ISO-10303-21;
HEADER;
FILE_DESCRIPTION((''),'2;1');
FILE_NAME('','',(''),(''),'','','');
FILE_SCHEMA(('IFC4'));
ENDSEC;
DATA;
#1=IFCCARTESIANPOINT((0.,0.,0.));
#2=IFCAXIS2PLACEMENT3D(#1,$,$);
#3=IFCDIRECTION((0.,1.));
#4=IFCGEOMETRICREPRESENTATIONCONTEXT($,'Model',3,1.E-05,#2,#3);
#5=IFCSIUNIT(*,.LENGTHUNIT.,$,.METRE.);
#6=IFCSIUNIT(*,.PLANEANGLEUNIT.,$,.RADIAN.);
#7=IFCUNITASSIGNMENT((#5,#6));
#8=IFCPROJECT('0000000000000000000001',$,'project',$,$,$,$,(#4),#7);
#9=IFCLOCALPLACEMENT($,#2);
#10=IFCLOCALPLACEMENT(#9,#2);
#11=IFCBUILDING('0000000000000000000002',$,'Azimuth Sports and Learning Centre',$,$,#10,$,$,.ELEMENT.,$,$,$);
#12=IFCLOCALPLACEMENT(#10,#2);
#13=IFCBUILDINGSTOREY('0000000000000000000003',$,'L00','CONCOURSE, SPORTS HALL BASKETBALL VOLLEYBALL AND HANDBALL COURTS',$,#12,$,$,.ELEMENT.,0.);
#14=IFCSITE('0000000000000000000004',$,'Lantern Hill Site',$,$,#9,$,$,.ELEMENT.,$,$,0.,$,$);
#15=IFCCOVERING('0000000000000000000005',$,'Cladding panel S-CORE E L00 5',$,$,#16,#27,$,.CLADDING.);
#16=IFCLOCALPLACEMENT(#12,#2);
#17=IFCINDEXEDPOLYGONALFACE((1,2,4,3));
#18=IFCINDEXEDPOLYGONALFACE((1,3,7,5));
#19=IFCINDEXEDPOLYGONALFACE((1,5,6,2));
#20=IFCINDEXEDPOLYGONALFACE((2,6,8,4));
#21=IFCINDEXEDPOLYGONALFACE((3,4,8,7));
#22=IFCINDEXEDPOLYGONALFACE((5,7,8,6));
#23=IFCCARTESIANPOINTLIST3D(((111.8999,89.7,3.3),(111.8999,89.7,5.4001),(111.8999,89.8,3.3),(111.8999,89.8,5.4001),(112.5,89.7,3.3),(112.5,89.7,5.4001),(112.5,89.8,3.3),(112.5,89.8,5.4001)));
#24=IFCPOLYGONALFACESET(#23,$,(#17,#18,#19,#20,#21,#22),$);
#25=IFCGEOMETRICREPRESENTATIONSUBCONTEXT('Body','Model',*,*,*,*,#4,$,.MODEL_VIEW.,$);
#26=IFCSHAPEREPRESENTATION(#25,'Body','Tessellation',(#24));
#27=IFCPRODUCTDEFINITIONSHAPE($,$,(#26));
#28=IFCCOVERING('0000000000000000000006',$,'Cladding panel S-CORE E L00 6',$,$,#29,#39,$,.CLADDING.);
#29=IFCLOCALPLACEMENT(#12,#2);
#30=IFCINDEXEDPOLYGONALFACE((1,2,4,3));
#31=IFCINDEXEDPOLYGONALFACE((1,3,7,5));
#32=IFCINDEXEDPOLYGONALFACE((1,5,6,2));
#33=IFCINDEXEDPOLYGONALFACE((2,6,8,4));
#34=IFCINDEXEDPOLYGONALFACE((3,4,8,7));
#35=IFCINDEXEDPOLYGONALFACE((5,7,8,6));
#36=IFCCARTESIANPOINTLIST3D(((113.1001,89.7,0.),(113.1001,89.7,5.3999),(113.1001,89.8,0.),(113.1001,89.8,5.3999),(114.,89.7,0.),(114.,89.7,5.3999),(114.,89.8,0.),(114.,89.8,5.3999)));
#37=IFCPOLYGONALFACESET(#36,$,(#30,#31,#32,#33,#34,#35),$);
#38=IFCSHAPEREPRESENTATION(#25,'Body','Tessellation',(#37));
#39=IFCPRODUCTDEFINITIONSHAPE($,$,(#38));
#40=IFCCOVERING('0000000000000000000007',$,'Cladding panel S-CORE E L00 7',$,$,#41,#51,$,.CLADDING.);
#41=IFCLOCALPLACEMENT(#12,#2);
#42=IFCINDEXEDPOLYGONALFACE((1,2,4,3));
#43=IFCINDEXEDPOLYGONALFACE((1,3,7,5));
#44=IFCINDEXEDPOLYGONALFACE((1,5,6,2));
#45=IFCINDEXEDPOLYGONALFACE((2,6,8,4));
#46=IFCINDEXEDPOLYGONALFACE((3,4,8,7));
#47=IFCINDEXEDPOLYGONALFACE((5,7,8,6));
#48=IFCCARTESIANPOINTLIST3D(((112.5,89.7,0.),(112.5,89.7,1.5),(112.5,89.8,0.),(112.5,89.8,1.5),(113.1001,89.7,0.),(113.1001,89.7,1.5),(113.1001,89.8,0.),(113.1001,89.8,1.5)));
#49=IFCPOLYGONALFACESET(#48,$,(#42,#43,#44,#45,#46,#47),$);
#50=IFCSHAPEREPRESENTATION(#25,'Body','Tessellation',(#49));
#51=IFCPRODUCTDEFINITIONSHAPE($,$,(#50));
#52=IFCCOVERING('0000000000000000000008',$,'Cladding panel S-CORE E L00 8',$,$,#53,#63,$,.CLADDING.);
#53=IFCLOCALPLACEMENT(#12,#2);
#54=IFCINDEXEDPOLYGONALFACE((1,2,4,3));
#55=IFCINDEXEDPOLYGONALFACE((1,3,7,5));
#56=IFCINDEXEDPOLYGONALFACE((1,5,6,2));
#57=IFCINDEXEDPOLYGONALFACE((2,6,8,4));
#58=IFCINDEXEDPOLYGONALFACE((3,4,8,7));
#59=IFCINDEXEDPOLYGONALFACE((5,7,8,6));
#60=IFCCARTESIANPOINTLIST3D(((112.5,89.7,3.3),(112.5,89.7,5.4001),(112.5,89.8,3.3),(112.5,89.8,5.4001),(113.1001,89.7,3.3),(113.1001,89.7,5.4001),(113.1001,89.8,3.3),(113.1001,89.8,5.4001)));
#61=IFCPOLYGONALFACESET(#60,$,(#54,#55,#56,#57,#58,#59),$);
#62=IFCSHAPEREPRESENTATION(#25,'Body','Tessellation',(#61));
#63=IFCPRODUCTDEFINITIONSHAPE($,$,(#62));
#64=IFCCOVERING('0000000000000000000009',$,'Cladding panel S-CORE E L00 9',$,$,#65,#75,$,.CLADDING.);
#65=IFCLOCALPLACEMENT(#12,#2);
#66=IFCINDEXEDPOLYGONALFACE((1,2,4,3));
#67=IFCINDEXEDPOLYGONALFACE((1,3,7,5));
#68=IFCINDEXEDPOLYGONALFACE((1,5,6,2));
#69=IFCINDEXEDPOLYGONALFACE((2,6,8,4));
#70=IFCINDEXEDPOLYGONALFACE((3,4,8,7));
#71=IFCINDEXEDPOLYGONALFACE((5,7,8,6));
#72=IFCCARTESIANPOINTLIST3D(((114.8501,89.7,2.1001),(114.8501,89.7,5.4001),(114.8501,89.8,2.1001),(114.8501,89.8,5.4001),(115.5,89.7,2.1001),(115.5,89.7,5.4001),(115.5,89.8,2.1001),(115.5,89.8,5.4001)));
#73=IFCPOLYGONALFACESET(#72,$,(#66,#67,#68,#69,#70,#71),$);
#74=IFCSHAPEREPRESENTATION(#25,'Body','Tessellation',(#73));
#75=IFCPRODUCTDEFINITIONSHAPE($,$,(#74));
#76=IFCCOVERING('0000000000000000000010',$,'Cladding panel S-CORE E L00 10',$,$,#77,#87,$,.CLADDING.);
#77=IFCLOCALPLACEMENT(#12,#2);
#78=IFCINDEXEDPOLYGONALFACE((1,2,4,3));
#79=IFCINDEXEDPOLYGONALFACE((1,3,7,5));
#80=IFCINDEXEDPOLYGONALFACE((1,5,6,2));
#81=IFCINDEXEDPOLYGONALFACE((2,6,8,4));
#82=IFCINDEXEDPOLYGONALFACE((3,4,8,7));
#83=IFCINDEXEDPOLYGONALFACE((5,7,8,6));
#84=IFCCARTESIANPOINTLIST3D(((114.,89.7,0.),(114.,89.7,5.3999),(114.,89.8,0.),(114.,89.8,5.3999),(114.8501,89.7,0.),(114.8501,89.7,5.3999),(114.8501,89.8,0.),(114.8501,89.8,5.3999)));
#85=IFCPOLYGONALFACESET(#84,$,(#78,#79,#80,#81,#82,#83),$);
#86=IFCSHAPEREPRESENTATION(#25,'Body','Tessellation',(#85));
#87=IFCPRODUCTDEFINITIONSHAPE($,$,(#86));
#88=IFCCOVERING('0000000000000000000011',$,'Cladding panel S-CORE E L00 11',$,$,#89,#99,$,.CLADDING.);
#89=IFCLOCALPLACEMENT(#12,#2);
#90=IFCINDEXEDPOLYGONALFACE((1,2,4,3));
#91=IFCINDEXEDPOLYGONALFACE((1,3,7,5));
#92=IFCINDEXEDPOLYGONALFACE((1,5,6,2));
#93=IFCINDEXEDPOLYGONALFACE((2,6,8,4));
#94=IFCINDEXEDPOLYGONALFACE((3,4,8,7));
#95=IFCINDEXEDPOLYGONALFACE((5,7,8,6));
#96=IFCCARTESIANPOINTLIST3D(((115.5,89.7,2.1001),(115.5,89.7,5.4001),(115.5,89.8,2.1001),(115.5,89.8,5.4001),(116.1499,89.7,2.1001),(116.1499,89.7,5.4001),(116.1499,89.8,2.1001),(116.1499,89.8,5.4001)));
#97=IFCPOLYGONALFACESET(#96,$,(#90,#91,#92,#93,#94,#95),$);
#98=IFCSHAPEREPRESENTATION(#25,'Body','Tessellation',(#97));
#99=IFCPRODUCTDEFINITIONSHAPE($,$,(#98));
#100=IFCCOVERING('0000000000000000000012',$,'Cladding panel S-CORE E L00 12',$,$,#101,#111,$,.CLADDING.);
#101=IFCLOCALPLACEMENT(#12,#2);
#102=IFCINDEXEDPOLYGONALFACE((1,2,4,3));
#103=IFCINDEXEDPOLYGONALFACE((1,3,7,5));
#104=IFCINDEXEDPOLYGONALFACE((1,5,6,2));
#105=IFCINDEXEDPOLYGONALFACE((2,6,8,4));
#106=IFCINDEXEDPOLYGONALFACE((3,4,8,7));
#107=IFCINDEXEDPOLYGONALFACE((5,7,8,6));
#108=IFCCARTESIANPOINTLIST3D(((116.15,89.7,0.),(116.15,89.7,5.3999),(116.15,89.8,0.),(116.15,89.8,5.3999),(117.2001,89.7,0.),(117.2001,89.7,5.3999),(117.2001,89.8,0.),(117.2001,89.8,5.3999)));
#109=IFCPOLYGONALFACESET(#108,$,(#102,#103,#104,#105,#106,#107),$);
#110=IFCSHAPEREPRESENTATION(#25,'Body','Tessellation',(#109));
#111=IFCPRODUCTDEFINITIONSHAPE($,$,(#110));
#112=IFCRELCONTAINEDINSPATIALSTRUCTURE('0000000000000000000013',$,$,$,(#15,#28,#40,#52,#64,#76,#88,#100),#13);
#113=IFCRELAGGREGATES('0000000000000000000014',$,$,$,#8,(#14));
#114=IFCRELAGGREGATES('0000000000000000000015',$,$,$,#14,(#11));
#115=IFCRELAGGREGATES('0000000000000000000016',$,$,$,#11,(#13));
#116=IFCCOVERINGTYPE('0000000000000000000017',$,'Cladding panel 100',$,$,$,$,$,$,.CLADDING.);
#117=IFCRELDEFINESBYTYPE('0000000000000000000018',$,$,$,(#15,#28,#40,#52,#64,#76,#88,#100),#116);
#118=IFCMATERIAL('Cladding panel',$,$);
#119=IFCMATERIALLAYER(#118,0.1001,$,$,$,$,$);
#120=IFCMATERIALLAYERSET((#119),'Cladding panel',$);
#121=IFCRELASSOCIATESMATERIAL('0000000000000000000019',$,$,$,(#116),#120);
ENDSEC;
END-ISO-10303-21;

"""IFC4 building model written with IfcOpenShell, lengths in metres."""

from ifc_helpers import new_model, si_unit, direction, frame, origin, origin_2d, place, context, subcontext, project, spatial, rectangle, extrude, material, layer, layer_set, type_object, element, save


model = new_model("IFC4")

# Units and contexts
model_context = context("Model", 3, precision=1e-05, world=origin(), true_north=direction((0.0, 1.0)))
body_context = subcontext(model_context, "Body", "Model", "MODEL_VIEW")
ifc_project = project(units=[si_unit("LENGTHUNIT", "METRE"), si_unit("PLANEANGLEUNIT", "RADIAN")], contexts=[model_context])

# Site, building, storey
site_placement = place(None, origin())
site = spatial("IfcSite", under=ifc_project, at=site_placement, Name="Lantern Hill Site", CompositionType="ELEMENT", RefElevation=0.0)
building_placement = place(site_placement, origin())
building = spatial("IfcBuilding", under=site, at=building_placement, Name="Azimuth Sports and Learning Centre", CompositionType="ELEMENT")
storey_placement = place(building_placement, origin())
storey = spatial("IfcBuildingStorey", under=building, at=storey_placement, Name="L00", Description="CONCOURSE, SPORTS HALL BASKETBALL VOLLEYBALL AND HANDBALL COURTS", CompositionType="ELEMENT", Elevation=0.0)

# Coverings
ifc_material_1 = material(Name="Cladding panel")
ifc_layer_1 = layer(ifc_material_1, 0.1001)
ifc_layer_set_1 = layer_set([ifc_layer_1], Name="Cladding panel")
covering_type = type_object("IfcCoveringType", Name="Cladding panel 100", PredefinedType="CLADDING", material=ifc_layer_set_1)
covering_1_placement = place(storey_placement, frame((112.2, 89.75, 3.3), z_axis=(0.0, 0.0, 1.0), x_axis=(1.0, 0.0, 0.0)))
element("IfcCovering", 1, at=covering_1_placement, inside=storey, type_object=covering_type, Name="Cladding panel S-CORE E L00 5", PredefinedType="CLADDING", context=body_context, shape_type="SweptSolid", body=[
    extrude(rectangle(XDim=0.6001, YDim=0.1001, at=origin_2d()), origin(), (0.0, 0.0, 1.0), 2.1001),
])
covering_2_placement = place(storey_placement, frame((113.55, 89.75, 0.0), z_axis=(0.0, 0.0, 1.0), x_axis=(1.0, 0.0, 0.0)))
element("IfcCovering", 2, at=covering_2_placement, inside=storey, type_object=covering_type, Name="Cladding panel S-CORE E L00 6", PredefinedType="CLADDING", context=body_context, shape_type="SweptSolid", body=[
    extrude(rectangle(XDim=0.8999, YDim=0.1001, at=origin_2d()), origin(), (0.0, 0.0, 1.0), 5.3999),
])
covering_3_placement = place(storey_placement, frame((112.8, 89.75, 0.0), z_axis=(0.0, 0.0, 1.0), x_axis=(1.0, 0.0, 0.0)))
element("IfcCovering", 3, at=covering_3_placement, inside=storey, type_object=covering_type, Name="Cladding panel S-CORE E L00 7", PredefinedType="CLADDING", context=body_context, shape_type="SweptSolid", body=[
    extrude(rectangle(XDim=0.6001, YDim=0.1001, at=origin_2d()), origin(), (0.0, 0.0, 1.0), 1.5),
])
covering_4_placement = place(storey_placement, frame((112.8, 89.75, 3.3), z_axis=(0.0, 0.0, 1.0), x_axis=(1.0, 0.0, 0.0)))
element("IfcCovering", 4, at=covering_4_placement, inside=storey, type_object=covering_type, Name="Cladding panel S-CORE E L00 8", PredefinedType="CLADDING", context=body_context, shape_type="SweptSolid", body=[
    extrude(rectangle(XDim=0.6001, YDim=0.1001, at=origin_2d()), origin(), (0.0, 0.0, 1.0), 2.1001),
])
covering_5_placement = place(storey_placement, frame((115.175, 89.75, 2.1001), z_axis=(0.0, 0.0, 1.0), x_axis=(1.0, 0.0, 0.0)))
element("IfcCovering", 5, at=covering_5_placement, inside=storey, type_object=covering_type, Name="Cladding panel S-CORE E L00 9", PredefinedType="CLADDING", context=body_context, shape_type="SweptSolid", body=[
    extrude(rectangle(XDim=0.6499, YDim=0.1001, at=origin_2d()), origin(), (0.0, 0.0, 1.0), 3.3),
])
covering_6_placement = place(storey_placement, frame((114.425, 89.75, 0.0), z_axis=(0.0, 0.0, 1.0), x_axis=(1.0, 0.0, 0.0)))
element("IfcCovering", 6, at=covering_6_placement, inside=storey, type_object=covering_type, Name="Cladding panel S-CORE E L00 10", PredefinedType="CLADDING", context=body_context, shape_type="SweptSolid", body=[
    extrude(rectangle(XDim=0.8501, YDim=0.1001, at=origin_2d()), origin(), (0.0, 0.0, 1.0), 5.3999),
])
covering_7_placement = place(storey_placement, frame((115.825, 89.75, 2.1001), z_axis=(0.0, 0.0, 1.0), x_axis=(1.0, 0.0, 0.0)))
element("IfcCovering", 7, at=covering_7_placement, inside=storey, type_object=covering_type, Name="Cladding panel S-CORE E L00 11", PredefinedType="CLADDING", context=body_context, shape_type="SweptSolid", body=[
    extrude(rectangle(XDim=0.6499, YDim=0.1001, at=origin_2d()), origin(), (0.0, 0.0, 1.0), 3.3),
])
covering_8_placement = place(storey_placement, frame((116.675, 89.75, 0.0), z_axis=(0.0, 0.0, 1.0), x_axis=(1.0, 0.0, 0.0)))
element("IfcCovering", 8, at=covering_8_placement, inside=storey, type_object=covering_type, Name="Cladding panel S-CORE E L00 12", PredefinedType="CLADDING", context=body_context, shape_type="SweptSolid", body=[
    extrude(rectangle(XDim=1.05, YDim=0.1001, at=origin_2d()), origin(), (0.0, 0.0, 1.0), 5.3999),
])

save(model, "model.ifc")
